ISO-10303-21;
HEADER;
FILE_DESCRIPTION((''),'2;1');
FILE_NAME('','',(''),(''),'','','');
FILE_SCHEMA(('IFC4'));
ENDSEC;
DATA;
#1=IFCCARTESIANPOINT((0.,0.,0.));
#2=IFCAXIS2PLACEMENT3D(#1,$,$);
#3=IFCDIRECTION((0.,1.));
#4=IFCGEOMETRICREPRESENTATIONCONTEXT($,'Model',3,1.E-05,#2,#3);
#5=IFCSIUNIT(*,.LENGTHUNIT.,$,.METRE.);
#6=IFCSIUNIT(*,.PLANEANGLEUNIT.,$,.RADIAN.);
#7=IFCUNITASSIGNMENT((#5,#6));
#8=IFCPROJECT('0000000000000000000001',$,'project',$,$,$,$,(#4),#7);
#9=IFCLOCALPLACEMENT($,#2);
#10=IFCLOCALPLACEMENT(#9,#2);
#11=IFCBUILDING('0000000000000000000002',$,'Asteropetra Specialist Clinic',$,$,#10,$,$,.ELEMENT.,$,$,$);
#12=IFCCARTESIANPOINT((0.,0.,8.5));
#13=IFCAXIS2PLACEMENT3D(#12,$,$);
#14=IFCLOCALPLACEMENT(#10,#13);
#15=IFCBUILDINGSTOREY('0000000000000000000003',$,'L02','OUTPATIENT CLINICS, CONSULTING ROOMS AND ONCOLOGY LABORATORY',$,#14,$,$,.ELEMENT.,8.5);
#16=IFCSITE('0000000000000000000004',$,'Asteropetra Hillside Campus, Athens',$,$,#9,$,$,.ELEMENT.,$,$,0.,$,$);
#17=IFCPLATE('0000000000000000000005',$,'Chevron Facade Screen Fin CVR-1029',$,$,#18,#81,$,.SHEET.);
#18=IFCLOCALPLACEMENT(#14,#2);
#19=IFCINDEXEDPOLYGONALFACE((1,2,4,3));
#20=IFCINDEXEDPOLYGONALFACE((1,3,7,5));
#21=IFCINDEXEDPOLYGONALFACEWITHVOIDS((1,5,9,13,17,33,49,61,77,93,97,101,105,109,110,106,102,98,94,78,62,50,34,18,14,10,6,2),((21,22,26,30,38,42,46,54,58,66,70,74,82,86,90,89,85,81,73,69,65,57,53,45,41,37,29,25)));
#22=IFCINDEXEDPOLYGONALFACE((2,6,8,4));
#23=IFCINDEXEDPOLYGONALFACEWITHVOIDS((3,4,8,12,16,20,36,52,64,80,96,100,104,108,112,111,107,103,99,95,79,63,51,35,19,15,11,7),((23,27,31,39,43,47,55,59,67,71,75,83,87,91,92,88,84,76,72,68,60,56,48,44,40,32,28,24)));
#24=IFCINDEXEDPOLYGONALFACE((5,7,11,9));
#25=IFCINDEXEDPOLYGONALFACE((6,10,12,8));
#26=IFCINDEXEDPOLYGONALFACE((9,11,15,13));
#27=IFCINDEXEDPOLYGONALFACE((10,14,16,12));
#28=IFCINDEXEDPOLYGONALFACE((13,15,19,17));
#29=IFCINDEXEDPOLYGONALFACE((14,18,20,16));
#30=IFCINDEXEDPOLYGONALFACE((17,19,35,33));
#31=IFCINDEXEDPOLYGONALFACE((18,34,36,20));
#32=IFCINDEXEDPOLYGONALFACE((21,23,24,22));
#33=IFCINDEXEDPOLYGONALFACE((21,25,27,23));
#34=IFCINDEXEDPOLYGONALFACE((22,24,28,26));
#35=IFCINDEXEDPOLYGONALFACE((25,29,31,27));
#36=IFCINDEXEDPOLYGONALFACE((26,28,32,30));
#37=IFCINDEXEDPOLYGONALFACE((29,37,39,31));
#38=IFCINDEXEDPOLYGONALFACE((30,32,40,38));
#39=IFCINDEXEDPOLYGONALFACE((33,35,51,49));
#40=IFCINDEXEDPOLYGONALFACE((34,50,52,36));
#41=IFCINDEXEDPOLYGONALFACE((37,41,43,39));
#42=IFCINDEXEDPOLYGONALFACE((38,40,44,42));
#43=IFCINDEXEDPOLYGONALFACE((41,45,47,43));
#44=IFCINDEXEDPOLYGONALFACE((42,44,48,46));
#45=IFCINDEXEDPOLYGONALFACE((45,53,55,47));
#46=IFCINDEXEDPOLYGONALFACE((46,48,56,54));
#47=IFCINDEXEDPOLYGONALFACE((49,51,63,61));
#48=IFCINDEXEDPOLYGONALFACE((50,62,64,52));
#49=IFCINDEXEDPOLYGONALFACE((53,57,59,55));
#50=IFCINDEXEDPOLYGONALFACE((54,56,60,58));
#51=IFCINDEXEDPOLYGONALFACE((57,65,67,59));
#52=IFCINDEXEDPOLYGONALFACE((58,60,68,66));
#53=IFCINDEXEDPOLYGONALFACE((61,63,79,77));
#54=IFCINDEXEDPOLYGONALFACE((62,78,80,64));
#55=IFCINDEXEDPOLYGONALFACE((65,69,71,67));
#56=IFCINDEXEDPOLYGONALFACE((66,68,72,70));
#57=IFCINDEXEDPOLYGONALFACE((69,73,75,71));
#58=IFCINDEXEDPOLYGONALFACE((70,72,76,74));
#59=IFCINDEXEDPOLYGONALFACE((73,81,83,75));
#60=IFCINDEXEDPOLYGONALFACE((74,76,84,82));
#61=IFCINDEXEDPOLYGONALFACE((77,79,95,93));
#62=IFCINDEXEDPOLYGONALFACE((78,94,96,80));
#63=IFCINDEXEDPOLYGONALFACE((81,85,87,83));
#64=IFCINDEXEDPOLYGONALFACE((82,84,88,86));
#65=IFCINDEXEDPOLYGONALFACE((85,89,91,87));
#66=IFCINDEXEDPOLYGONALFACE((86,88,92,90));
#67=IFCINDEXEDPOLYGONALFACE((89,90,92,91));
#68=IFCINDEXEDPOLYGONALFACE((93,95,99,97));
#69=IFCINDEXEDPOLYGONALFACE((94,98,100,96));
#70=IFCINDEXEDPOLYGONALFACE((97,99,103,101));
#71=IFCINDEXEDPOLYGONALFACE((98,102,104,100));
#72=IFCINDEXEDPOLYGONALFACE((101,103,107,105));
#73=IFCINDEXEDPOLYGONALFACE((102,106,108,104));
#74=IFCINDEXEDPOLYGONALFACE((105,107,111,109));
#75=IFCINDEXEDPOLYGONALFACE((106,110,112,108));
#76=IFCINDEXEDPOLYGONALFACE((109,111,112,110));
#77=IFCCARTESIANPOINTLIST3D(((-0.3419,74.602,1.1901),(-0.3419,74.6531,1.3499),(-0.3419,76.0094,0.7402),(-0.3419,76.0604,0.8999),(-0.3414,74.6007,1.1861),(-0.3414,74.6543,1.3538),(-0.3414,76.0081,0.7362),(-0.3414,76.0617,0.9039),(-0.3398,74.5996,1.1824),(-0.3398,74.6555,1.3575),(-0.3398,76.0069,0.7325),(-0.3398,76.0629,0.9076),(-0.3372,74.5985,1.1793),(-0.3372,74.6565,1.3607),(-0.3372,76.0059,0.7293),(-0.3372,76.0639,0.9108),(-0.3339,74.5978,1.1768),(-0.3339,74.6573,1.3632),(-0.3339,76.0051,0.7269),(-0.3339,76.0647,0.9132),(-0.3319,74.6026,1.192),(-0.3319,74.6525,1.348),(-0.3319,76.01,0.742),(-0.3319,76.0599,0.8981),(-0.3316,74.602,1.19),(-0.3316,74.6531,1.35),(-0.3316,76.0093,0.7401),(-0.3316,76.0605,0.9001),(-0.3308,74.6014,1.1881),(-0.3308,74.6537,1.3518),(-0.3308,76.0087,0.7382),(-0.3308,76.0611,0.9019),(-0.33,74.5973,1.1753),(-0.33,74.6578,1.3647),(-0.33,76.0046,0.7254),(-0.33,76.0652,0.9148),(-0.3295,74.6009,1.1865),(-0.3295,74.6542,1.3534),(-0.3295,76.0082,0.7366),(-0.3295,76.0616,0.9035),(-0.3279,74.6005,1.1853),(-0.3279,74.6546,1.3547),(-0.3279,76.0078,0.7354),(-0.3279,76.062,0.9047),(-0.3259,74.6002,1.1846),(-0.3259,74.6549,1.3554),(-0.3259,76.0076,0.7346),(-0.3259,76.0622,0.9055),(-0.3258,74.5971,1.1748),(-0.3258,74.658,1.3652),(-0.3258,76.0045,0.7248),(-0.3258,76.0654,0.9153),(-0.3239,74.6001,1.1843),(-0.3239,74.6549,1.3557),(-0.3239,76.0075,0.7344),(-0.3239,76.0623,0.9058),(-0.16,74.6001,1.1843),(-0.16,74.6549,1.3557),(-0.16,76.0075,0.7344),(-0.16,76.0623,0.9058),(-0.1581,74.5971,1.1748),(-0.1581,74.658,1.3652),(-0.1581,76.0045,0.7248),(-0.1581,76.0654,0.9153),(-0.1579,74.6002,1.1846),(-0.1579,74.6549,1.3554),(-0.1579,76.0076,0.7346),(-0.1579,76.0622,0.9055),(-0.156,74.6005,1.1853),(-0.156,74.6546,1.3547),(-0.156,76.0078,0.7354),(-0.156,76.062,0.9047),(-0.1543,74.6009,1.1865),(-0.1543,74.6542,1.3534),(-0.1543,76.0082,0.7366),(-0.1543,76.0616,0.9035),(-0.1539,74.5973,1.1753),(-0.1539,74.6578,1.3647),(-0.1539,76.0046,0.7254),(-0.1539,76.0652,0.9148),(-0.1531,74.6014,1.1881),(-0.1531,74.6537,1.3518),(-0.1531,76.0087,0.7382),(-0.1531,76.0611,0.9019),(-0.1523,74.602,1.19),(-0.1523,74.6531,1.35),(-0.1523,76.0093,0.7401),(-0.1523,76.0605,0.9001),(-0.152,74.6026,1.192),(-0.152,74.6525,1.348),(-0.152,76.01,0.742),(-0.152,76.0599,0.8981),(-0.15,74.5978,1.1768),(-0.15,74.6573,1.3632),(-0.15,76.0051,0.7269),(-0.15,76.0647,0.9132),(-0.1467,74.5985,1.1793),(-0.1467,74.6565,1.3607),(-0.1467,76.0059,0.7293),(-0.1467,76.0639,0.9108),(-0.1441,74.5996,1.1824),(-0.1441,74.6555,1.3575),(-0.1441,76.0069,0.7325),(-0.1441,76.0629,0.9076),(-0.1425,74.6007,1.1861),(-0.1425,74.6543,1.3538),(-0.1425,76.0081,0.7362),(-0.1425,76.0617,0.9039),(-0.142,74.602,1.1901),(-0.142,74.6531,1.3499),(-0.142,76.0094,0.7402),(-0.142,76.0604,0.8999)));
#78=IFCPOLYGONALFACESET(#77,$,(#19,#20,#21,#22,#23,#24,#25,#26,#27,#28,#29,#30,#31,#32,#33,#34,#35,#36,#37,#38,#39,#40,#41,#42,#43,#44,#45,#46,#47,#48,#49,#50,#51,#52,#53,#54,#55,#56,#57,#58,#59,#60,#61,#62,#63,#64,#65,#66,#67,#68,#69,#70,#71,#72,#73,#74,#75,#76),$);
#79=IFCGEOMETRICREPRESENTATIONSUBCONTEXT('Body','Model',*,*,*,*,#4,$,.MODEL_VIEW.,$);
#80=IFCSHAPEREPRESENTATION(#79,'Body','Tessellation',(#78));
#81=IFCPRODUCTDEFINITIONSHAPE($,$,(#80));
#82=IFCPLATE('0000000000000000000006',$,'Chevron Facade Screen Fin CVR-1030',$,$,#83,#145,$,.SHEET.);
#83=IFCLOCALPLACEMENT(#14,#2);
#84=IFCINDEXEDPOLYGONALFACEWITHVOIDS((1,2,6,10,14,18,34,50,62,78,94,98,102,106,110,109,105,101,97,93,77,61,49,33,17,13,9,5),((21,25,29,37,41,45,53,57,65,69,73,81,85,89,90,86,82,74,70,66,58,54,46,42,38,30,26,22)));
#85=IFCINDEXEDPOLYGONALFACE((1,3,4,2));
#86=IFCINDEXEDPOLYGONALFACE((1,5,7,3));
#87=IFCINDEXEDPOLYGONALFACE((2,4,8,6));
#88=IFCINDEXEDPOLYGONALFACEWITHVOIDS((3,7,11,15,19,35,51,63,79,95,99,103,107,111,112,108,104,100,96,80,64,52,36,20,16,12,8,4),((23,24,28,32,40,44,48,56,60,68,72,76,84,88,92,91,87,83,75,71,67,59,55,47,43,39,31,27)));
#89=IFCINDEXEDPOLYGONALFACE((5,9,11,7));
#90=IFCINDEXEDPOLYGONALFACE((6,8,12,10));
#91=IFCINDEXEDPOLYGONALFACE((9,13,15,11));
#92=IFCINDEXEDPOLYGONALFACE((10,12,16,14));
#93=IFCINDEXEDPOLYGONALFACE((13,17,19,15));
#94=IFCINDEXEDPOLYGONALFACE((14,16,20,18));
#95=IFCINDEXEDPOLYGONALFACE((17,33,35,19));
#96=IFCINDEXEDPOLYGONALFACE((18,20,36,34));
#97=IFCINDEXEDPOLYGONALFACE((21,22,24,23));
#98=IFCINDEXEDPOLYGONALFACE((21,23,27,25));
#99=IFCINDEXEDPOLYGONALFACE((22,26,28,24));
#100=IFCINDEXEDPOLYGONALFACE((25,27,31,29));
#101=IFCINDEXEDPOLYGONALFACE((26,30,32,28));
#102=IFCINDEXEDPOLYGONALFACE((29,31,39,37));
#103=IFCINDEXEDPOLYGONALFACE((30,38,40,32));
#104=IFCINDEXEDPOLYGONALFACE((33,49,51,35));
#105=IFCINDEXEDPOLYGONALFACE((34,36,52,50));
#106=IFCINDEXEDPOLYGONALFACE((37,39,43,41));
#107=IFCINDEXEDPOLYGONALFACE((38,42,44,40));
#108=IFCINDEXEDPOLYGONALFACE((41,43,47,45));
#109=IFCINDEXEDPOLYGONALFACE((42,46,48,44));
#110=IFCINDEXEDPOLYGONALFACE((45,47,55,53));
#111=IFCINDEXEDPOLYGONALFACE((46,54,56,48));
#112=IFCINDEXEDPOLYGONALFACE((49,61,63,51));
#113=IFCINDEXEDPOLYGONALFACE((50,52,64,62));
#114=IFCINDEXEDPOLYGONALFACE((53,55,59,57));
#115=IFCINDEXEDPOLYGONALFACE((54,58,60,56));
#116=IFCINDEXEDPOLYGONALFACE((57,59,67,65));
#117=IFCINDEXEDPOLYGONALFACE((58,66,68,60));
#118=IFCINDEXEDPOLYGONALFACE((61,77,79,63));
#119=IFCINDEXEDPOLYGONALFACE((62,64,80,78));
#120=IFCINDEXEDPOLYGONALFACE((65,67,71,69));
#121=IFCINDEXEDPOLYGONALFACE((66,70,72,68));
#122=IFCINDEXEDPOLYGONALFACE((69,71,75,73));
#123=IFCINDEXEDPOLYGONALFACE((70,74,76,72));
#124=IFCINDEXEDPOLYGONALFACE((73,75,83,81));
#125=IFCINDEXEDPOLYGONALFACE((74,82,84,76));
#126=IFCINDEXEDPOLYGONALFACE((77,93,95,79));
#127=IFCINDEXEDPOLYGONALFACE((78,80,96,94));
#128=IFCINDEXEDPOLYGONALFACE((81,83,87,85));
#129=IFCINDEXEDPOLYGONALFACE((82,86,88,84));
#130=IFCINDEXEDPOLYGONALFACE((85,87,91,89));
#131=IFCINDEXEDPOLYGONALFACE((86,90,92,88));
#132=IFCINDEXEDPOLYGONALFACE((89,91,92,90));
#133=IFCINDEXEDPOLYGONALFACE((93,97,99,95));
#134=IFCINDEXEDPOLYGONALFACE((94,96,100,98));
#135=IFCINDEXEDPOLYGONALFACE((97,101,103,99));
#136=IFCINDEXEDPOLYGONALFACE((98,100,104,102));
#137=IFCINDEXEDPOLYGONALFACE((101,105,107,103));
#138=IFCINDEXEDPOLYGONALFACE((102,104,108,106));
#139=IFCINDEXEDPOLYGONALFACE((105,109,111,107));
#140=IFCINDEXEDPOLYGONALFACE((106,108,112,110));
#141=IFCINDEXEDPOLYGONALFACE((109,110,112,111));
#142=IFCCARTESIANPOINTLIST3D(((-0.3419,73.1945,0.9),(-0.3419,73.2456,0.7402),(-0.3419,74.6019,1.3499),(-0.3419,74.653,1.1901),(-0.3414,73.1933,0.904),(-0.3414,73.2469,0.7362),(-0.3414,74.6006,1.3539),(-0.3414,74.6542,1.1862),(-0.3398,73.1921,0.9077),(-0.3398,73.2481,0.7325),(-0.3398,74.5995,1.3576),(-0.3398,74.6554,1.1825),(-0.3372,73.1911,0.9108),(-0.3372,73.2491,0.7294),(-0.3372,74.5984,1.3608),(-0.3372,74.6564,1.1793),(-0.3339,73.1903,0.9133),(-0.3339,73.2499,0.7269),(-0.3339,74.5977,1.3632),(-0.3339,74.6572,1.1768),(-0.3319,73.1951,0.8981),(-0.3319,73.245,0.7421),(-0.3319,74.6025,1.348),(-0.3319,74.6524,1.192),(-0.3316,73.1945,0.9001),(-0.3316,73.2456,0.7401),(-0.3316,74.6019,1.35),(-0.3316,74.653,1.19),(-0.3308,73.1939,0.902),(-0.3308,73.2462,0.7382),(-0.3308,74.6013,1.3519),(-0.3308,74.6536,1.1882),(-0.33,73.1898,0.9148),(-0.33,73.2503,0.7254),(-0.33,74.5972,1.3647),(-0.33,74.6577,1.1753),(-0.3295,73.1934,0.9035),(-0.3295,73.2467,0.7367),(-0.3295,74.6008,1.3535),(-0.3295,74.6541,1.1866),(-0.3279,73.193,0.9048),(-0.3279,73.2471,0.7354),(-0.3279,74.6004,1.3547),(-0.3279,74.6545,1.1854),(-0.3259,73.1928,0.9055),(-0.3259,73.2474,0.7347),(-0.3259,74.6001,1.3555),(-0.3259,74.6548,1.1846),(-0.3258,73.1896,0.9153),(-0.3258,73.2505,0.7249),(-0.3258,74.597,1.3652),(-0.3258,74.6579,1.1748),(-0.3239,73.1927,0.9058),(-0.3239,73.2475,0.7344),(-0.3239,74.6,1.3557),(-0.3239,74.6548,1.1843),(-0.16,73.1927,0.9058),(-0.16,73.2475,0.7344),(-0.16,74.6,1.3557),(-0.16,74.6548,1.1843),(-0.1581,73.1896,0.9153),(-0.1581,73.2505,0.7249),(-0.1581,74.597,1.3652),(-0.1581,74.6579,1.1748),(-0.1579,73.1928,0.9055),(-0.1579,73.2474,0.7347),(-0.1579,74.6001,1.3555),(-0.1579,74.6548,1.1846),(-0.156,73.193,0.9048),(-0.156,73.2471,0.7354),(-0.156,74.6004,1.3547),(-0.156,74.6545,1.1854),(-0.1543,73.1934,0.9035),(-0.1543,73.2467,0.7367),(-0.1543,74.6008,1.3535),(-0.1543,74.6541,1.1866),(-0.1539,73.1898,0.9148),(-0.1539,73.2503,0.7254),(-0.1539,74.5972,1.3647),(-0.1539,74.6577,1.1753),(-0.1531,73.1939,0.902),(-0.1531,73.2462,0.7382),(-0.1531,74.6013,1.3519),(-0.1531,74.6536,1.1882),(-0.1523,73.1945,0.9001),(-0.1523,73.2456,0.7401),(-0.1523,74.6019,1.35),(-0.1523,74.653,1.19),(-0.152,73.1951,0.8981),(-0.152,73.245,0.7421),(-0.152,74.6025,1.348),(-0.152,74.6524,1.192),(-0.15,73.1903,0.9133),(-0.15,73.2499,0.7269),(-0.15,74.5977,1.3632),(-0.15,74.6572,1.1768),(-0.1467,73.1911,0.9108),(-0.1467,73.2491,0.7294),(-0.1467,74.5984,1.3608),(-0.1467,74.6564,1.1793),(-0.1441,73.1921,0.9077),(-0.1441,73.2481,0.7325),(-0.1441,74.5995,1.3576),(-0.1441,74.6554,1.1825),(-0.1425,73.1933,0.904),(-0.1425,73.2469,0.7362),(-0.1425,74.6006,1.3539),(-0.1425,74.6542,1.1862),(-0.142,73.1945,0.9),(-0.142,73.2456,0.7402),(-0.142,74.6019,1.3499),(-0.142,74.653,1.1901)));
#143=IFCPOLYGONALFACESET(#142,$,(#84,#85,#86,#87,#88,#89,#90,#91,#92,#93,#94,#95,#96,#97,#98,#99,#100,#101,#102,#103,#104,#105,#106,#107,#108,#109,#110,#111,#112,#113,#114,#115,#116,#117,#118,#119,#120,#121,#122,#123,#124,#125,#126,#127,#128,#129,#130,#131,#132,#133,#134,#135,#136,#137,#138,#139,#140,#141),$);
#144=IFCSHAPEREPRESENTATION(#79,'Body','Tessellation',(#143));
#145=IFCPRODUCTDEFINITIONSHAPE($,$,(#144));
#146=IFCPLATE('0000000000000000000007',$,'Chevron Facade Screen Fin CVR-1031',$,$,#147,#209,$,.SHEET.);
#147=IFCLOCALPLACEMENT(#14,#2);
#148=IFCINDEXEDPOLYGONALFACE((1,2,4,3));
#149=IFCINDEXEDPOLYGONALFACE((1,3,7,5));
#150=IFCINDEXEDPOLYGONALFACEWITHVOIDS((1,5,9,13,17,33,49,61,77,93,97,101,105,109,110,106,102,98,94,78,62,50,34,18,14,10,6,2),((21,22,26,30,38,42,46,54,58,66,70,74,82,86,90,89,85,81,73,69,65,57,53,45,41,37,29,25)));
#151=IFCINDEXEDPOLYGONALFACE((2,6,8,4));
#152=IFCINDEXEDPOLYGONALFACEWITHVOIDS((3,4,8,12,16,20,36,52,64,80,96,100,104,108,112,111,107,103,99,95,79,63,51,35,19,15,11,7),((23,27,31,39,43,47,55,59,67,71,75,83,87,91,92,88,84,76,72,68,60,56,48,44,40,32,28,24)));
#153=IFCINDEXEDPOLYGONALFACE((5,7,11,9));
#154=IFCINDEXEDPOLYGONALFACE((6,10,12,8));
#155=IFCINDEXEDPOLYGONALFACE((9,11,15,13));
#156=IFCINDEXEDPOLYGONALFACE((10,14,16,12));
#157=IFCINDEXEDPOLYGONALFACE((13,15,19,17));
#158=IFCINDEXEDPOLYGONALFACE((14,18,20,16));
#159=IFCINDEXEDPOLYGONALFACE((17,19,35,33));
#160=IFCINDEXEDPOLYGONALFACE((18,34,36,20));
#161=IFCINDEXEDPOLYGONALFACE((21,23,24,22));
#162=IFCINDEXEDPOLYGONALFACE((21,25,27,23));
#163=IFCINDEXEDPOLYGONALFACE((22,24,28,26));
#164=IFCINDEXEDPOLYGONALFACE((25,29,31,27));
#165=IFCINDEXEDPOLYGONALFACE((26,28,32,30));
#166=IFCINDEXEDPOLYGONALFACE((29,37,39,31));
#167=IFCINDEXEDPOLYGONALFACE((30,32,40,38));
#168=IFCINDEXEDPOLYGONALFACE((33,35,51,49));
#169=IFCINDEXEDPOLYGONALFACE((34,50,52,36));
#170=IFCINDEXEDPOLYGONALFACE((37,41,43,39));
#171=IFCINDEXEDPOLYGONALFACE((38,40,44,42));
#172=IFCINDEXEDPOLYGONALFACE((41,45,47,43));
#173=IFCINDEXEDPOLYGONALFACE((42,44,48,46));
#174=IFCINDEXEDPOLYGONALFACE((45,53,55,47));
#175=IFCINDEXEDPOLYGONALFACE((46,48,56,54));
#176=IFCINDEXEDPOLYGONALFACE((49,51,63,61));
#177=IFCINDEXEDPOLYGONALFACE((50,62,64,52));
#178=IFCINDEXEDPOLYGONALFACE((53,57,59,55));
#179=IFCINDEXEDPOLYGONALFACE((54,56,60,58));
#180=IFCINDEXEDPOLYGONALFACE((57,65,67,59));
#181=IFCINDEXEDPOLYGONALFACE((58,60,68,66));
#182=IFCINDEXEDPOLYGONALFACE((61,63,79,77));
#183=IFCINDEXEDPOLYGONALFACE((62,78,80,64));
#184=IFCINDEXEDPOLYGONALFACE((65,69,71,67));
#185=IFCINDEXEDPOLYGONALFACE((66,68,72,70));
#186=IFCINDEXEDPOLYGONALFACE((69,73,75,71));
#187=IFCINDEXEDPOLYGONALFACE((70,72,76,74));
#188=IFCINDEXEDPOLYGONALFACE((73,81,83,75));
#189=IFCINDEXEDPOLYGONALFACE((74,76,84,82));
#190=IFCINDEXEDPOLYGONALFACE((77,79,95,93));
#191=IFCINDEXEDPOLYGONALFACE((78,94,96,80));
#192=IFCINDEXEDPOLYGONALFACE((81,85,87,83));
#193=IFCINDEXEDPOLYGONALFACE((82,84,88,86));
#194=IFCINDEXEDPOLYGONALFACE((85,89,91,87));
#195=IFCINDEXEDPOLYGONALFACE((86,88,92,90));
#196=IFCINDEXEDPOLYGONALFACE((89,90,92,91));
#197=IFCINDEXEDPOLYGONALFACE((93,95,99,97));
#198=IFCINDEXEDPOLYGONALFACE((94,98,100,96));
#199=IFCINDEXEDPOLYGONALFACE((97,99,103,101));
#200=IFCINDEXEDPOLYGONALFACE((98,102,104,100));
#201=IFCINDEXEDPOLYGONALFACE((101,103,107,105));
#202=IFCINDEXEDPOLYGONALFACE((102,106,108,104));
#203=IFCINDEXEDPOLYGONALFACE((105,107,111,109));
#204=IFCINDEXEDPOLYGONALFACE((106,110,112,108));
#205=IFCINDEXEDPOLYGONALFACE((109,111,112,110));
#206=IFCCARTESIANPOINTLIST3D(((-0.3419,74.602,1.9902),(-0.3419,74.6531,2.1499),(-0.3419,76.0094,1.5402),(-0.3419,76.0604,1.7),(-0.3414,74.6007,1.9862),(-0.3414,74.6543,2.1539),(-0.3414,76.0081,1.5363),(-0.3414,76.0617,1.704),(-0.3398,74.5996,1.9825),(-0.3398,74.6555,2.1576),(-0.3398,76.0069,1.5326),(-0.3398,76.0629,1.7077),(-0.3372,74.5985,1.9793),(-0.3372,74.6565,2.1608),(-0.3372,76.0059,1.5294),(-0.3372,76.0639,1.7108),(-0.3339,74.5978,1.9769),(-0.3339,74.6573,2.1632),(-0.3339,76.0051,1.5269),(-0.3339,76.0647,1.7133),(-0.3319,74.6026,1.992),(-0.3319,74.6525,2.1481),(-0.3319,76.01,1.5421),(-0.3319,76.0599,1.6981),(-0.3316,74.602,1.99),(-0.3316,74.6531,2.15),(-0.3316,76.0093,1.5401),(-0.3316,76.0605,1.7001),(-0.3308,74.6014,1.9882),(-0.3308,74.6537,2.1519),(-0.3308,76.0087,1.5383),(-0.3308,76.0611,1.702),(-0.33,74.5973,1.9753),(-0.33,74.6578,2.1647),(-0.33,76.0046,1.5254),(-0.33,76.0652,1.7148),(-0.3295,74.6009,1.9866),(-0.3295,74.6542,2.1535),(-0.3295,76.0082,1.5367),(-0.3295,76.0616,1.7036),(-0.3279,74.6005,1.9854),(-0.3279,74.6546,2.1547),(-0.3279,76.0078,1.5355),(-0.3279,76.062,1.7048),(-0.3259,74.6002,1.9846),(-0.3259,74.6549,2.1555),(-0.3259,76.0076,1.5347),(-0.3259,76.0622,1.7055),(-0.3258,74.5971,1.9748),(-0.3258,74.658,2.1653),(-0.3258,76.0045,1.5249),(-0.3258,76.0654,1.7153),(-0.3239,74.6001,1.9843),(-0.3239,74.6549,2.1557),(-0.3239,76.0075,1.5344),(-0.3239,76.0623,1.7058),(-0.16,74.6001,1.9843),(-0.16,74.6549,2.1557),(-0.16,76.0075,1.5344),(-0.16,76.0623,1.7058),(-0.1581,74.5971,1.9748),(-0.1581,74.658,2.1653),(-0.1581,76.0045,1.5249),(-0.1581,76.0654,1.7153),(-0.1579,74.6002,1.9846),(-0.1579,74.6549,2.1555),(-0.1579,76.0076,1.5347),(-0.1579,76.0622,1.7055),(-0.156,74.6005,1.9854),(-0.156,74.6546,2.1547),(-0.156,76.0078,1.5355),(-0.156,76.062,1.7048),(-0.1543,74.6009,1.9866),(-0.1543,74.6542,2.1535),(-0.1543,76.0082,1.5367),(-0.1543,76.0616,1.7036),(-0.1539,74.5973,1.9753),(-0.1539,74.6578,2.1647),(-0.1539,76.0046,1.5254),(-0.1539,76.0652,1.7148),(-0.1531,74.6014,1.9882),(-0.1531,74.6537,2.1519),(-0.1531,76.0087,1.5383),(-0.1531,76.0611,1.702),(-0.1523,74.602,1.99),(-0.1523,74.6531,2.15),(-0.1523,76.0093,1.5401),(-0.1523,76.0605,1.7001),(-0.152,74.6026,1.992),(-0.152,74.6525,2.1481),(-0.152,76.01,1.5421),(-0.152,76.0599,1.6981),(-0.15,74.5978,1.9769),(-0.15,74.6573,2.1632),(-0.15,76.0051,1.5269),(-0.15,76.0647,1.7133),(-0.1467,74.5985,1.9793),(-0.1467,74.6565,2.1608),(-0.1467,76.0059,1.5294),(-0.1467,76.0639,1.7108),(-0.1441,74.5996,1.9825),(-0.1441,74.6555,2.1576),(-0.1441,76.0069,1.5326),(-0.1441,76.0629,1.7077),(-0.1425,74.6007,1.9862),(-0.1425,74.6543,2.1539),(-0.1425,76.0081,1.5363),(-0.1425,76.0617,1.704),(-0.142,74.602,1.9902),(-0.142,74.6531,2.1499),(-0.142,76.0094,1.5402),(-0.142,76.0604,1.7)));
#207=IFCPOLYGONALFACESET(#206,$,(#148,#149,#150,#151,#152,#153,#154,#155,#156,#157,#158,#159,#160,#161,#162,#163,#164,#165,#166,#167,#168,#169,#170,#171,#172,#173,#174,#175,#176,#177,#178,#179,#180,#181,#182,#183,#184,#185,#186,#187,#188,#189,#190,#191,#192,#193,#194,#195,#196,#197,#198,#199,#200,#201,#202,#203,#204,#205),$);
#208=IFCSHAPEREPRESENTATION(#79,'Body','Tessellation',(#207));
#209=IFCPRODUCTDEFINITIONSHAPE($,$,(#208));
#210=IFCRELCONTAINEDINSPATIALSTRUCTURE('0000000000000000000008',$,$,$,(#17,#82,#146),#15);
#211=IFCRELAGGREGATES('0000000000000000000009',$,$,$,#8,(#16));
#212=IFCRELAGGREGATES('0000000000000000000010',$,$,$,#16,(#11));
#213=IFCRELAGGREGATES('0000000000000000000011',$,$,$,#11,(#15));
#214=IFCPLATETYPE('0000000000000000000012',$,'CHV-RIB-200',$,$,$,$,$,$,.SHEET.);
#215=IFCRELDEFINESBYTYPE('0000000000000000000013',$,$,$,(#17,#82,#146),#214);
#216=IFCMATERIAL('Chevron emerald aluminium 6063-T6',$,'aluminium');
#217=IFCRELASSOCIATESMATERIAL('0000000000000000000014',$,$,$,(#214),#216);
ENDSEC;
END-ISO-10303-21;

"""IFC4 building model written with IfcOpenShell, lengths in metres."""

from ifc_helpers import new_model, si_unit, direction, frame, origin, origin_2d, place, context, subcontext, project, spatial, hollow_rectangle, extrude, material, material_profile, profile_set, type_object, element, save


model = new_model("IFC4")

# Units and contexts
model_context = context("Model", 3, precision=1e-05, world=origin(), true_north=direction((0.0, 1.0)))
body_context = subcontext(model_context, "Body", "Model", "MODEL_VIEW")
ifc_project = project(units=[si_unit("LENGTHUNIT", "METRE"), si_unit("PLANEANGLEUNIT", "RADIAN")], contexts=[model_context])

# Site, building, storey
site_placement = place(None, origin())
site = spatial("IfcSite", under=ifc_project, at=site_placement, Name="Asteropetra Hillside Campus, Athens", CompositionType="ELEMENT", RefElevation=0.0)
building_placement = place(site_placement, origin())
building = spatial("IfcBuilding", under=site, at=building_placement, Name="Asteropetra Specialist Clinic", CompositionType="ELEMENT")
storey_placement = place(building_placement, frame((0.0, 0.0, 8.5)))
storey = spatial("IfcBuildingStorey", under=building, at=storey_placement, Name="L02", Description="OUTPATIENT CLINICS, CONSULTING ROOMS AND ONCOLOGY LABORATORY", CompositionType="ELEMENT", Elevation=8.5)

# Plates
ifc_material_1 = material(Name="Chevron emerald aluminium 6063-T6", Category="aluminium")
ifc_material_profile_1 = material_profile(ifc_material_1, hollow_rectangle(XDim=0.2, YDim=0.2, WallThickness=0.01, InnerFilletRadius=0.0081, OuterFilletRadius=0.0161, at=origin_2d()), Name="SHS 200x200x10.0")
ifc_profile_set_1 = profile_set([ifc_material_profile_1], Name="Chevron emerald aluminium 6063-T6")
plate_type_1 = type_object("IfcPlateType", Name="CHV-RIB-200", PredefinedType="SHEET", material=ifc_profile_set_1)
for number, where, z_axis, x_axis, name in (
    (1, (-0.2419, 76.0349, 0.8201), (0.0, -0.95251, 0.304506), (1.0, 0.0, 0.0), "Chevron Facade Screen Fin CVR-1029"),
    (2, (-0.2419, 74.6274, 1.27), (0.0, -0.95251, -0.304506), (1.0, 0.0, 0.0), "Chevron Facade Screen Fin CVR-1030"),
    (3, (-0.2419, 76.0349, 1.6201), (0.0, -0.95251, 0.304506), (1.0, 0.0, 0.0), "Chevron Facade Screen Fin CVR-1031"),
):
    element("IfcPlate", number, at=place(storey_placement, frame(where, z_axis=z_axis, x_axis=x_axis)), inside=storey, type_object=plate_type_1, Name=name, PredefinedType="SHEET", context=body_context, shape_type="SweptSolid", body=[
        extrude(hollow_rectangle(XDim=0.2, YDim=0.2, WallThickness=0.01, InnerFilletRadius=0.0081, OuterFilletRadius=0.0161, at=origin_2d()), origin(), (0.0, 0.0, 1.0), 1.4775),
    ])

save(model, "model.ifc")
